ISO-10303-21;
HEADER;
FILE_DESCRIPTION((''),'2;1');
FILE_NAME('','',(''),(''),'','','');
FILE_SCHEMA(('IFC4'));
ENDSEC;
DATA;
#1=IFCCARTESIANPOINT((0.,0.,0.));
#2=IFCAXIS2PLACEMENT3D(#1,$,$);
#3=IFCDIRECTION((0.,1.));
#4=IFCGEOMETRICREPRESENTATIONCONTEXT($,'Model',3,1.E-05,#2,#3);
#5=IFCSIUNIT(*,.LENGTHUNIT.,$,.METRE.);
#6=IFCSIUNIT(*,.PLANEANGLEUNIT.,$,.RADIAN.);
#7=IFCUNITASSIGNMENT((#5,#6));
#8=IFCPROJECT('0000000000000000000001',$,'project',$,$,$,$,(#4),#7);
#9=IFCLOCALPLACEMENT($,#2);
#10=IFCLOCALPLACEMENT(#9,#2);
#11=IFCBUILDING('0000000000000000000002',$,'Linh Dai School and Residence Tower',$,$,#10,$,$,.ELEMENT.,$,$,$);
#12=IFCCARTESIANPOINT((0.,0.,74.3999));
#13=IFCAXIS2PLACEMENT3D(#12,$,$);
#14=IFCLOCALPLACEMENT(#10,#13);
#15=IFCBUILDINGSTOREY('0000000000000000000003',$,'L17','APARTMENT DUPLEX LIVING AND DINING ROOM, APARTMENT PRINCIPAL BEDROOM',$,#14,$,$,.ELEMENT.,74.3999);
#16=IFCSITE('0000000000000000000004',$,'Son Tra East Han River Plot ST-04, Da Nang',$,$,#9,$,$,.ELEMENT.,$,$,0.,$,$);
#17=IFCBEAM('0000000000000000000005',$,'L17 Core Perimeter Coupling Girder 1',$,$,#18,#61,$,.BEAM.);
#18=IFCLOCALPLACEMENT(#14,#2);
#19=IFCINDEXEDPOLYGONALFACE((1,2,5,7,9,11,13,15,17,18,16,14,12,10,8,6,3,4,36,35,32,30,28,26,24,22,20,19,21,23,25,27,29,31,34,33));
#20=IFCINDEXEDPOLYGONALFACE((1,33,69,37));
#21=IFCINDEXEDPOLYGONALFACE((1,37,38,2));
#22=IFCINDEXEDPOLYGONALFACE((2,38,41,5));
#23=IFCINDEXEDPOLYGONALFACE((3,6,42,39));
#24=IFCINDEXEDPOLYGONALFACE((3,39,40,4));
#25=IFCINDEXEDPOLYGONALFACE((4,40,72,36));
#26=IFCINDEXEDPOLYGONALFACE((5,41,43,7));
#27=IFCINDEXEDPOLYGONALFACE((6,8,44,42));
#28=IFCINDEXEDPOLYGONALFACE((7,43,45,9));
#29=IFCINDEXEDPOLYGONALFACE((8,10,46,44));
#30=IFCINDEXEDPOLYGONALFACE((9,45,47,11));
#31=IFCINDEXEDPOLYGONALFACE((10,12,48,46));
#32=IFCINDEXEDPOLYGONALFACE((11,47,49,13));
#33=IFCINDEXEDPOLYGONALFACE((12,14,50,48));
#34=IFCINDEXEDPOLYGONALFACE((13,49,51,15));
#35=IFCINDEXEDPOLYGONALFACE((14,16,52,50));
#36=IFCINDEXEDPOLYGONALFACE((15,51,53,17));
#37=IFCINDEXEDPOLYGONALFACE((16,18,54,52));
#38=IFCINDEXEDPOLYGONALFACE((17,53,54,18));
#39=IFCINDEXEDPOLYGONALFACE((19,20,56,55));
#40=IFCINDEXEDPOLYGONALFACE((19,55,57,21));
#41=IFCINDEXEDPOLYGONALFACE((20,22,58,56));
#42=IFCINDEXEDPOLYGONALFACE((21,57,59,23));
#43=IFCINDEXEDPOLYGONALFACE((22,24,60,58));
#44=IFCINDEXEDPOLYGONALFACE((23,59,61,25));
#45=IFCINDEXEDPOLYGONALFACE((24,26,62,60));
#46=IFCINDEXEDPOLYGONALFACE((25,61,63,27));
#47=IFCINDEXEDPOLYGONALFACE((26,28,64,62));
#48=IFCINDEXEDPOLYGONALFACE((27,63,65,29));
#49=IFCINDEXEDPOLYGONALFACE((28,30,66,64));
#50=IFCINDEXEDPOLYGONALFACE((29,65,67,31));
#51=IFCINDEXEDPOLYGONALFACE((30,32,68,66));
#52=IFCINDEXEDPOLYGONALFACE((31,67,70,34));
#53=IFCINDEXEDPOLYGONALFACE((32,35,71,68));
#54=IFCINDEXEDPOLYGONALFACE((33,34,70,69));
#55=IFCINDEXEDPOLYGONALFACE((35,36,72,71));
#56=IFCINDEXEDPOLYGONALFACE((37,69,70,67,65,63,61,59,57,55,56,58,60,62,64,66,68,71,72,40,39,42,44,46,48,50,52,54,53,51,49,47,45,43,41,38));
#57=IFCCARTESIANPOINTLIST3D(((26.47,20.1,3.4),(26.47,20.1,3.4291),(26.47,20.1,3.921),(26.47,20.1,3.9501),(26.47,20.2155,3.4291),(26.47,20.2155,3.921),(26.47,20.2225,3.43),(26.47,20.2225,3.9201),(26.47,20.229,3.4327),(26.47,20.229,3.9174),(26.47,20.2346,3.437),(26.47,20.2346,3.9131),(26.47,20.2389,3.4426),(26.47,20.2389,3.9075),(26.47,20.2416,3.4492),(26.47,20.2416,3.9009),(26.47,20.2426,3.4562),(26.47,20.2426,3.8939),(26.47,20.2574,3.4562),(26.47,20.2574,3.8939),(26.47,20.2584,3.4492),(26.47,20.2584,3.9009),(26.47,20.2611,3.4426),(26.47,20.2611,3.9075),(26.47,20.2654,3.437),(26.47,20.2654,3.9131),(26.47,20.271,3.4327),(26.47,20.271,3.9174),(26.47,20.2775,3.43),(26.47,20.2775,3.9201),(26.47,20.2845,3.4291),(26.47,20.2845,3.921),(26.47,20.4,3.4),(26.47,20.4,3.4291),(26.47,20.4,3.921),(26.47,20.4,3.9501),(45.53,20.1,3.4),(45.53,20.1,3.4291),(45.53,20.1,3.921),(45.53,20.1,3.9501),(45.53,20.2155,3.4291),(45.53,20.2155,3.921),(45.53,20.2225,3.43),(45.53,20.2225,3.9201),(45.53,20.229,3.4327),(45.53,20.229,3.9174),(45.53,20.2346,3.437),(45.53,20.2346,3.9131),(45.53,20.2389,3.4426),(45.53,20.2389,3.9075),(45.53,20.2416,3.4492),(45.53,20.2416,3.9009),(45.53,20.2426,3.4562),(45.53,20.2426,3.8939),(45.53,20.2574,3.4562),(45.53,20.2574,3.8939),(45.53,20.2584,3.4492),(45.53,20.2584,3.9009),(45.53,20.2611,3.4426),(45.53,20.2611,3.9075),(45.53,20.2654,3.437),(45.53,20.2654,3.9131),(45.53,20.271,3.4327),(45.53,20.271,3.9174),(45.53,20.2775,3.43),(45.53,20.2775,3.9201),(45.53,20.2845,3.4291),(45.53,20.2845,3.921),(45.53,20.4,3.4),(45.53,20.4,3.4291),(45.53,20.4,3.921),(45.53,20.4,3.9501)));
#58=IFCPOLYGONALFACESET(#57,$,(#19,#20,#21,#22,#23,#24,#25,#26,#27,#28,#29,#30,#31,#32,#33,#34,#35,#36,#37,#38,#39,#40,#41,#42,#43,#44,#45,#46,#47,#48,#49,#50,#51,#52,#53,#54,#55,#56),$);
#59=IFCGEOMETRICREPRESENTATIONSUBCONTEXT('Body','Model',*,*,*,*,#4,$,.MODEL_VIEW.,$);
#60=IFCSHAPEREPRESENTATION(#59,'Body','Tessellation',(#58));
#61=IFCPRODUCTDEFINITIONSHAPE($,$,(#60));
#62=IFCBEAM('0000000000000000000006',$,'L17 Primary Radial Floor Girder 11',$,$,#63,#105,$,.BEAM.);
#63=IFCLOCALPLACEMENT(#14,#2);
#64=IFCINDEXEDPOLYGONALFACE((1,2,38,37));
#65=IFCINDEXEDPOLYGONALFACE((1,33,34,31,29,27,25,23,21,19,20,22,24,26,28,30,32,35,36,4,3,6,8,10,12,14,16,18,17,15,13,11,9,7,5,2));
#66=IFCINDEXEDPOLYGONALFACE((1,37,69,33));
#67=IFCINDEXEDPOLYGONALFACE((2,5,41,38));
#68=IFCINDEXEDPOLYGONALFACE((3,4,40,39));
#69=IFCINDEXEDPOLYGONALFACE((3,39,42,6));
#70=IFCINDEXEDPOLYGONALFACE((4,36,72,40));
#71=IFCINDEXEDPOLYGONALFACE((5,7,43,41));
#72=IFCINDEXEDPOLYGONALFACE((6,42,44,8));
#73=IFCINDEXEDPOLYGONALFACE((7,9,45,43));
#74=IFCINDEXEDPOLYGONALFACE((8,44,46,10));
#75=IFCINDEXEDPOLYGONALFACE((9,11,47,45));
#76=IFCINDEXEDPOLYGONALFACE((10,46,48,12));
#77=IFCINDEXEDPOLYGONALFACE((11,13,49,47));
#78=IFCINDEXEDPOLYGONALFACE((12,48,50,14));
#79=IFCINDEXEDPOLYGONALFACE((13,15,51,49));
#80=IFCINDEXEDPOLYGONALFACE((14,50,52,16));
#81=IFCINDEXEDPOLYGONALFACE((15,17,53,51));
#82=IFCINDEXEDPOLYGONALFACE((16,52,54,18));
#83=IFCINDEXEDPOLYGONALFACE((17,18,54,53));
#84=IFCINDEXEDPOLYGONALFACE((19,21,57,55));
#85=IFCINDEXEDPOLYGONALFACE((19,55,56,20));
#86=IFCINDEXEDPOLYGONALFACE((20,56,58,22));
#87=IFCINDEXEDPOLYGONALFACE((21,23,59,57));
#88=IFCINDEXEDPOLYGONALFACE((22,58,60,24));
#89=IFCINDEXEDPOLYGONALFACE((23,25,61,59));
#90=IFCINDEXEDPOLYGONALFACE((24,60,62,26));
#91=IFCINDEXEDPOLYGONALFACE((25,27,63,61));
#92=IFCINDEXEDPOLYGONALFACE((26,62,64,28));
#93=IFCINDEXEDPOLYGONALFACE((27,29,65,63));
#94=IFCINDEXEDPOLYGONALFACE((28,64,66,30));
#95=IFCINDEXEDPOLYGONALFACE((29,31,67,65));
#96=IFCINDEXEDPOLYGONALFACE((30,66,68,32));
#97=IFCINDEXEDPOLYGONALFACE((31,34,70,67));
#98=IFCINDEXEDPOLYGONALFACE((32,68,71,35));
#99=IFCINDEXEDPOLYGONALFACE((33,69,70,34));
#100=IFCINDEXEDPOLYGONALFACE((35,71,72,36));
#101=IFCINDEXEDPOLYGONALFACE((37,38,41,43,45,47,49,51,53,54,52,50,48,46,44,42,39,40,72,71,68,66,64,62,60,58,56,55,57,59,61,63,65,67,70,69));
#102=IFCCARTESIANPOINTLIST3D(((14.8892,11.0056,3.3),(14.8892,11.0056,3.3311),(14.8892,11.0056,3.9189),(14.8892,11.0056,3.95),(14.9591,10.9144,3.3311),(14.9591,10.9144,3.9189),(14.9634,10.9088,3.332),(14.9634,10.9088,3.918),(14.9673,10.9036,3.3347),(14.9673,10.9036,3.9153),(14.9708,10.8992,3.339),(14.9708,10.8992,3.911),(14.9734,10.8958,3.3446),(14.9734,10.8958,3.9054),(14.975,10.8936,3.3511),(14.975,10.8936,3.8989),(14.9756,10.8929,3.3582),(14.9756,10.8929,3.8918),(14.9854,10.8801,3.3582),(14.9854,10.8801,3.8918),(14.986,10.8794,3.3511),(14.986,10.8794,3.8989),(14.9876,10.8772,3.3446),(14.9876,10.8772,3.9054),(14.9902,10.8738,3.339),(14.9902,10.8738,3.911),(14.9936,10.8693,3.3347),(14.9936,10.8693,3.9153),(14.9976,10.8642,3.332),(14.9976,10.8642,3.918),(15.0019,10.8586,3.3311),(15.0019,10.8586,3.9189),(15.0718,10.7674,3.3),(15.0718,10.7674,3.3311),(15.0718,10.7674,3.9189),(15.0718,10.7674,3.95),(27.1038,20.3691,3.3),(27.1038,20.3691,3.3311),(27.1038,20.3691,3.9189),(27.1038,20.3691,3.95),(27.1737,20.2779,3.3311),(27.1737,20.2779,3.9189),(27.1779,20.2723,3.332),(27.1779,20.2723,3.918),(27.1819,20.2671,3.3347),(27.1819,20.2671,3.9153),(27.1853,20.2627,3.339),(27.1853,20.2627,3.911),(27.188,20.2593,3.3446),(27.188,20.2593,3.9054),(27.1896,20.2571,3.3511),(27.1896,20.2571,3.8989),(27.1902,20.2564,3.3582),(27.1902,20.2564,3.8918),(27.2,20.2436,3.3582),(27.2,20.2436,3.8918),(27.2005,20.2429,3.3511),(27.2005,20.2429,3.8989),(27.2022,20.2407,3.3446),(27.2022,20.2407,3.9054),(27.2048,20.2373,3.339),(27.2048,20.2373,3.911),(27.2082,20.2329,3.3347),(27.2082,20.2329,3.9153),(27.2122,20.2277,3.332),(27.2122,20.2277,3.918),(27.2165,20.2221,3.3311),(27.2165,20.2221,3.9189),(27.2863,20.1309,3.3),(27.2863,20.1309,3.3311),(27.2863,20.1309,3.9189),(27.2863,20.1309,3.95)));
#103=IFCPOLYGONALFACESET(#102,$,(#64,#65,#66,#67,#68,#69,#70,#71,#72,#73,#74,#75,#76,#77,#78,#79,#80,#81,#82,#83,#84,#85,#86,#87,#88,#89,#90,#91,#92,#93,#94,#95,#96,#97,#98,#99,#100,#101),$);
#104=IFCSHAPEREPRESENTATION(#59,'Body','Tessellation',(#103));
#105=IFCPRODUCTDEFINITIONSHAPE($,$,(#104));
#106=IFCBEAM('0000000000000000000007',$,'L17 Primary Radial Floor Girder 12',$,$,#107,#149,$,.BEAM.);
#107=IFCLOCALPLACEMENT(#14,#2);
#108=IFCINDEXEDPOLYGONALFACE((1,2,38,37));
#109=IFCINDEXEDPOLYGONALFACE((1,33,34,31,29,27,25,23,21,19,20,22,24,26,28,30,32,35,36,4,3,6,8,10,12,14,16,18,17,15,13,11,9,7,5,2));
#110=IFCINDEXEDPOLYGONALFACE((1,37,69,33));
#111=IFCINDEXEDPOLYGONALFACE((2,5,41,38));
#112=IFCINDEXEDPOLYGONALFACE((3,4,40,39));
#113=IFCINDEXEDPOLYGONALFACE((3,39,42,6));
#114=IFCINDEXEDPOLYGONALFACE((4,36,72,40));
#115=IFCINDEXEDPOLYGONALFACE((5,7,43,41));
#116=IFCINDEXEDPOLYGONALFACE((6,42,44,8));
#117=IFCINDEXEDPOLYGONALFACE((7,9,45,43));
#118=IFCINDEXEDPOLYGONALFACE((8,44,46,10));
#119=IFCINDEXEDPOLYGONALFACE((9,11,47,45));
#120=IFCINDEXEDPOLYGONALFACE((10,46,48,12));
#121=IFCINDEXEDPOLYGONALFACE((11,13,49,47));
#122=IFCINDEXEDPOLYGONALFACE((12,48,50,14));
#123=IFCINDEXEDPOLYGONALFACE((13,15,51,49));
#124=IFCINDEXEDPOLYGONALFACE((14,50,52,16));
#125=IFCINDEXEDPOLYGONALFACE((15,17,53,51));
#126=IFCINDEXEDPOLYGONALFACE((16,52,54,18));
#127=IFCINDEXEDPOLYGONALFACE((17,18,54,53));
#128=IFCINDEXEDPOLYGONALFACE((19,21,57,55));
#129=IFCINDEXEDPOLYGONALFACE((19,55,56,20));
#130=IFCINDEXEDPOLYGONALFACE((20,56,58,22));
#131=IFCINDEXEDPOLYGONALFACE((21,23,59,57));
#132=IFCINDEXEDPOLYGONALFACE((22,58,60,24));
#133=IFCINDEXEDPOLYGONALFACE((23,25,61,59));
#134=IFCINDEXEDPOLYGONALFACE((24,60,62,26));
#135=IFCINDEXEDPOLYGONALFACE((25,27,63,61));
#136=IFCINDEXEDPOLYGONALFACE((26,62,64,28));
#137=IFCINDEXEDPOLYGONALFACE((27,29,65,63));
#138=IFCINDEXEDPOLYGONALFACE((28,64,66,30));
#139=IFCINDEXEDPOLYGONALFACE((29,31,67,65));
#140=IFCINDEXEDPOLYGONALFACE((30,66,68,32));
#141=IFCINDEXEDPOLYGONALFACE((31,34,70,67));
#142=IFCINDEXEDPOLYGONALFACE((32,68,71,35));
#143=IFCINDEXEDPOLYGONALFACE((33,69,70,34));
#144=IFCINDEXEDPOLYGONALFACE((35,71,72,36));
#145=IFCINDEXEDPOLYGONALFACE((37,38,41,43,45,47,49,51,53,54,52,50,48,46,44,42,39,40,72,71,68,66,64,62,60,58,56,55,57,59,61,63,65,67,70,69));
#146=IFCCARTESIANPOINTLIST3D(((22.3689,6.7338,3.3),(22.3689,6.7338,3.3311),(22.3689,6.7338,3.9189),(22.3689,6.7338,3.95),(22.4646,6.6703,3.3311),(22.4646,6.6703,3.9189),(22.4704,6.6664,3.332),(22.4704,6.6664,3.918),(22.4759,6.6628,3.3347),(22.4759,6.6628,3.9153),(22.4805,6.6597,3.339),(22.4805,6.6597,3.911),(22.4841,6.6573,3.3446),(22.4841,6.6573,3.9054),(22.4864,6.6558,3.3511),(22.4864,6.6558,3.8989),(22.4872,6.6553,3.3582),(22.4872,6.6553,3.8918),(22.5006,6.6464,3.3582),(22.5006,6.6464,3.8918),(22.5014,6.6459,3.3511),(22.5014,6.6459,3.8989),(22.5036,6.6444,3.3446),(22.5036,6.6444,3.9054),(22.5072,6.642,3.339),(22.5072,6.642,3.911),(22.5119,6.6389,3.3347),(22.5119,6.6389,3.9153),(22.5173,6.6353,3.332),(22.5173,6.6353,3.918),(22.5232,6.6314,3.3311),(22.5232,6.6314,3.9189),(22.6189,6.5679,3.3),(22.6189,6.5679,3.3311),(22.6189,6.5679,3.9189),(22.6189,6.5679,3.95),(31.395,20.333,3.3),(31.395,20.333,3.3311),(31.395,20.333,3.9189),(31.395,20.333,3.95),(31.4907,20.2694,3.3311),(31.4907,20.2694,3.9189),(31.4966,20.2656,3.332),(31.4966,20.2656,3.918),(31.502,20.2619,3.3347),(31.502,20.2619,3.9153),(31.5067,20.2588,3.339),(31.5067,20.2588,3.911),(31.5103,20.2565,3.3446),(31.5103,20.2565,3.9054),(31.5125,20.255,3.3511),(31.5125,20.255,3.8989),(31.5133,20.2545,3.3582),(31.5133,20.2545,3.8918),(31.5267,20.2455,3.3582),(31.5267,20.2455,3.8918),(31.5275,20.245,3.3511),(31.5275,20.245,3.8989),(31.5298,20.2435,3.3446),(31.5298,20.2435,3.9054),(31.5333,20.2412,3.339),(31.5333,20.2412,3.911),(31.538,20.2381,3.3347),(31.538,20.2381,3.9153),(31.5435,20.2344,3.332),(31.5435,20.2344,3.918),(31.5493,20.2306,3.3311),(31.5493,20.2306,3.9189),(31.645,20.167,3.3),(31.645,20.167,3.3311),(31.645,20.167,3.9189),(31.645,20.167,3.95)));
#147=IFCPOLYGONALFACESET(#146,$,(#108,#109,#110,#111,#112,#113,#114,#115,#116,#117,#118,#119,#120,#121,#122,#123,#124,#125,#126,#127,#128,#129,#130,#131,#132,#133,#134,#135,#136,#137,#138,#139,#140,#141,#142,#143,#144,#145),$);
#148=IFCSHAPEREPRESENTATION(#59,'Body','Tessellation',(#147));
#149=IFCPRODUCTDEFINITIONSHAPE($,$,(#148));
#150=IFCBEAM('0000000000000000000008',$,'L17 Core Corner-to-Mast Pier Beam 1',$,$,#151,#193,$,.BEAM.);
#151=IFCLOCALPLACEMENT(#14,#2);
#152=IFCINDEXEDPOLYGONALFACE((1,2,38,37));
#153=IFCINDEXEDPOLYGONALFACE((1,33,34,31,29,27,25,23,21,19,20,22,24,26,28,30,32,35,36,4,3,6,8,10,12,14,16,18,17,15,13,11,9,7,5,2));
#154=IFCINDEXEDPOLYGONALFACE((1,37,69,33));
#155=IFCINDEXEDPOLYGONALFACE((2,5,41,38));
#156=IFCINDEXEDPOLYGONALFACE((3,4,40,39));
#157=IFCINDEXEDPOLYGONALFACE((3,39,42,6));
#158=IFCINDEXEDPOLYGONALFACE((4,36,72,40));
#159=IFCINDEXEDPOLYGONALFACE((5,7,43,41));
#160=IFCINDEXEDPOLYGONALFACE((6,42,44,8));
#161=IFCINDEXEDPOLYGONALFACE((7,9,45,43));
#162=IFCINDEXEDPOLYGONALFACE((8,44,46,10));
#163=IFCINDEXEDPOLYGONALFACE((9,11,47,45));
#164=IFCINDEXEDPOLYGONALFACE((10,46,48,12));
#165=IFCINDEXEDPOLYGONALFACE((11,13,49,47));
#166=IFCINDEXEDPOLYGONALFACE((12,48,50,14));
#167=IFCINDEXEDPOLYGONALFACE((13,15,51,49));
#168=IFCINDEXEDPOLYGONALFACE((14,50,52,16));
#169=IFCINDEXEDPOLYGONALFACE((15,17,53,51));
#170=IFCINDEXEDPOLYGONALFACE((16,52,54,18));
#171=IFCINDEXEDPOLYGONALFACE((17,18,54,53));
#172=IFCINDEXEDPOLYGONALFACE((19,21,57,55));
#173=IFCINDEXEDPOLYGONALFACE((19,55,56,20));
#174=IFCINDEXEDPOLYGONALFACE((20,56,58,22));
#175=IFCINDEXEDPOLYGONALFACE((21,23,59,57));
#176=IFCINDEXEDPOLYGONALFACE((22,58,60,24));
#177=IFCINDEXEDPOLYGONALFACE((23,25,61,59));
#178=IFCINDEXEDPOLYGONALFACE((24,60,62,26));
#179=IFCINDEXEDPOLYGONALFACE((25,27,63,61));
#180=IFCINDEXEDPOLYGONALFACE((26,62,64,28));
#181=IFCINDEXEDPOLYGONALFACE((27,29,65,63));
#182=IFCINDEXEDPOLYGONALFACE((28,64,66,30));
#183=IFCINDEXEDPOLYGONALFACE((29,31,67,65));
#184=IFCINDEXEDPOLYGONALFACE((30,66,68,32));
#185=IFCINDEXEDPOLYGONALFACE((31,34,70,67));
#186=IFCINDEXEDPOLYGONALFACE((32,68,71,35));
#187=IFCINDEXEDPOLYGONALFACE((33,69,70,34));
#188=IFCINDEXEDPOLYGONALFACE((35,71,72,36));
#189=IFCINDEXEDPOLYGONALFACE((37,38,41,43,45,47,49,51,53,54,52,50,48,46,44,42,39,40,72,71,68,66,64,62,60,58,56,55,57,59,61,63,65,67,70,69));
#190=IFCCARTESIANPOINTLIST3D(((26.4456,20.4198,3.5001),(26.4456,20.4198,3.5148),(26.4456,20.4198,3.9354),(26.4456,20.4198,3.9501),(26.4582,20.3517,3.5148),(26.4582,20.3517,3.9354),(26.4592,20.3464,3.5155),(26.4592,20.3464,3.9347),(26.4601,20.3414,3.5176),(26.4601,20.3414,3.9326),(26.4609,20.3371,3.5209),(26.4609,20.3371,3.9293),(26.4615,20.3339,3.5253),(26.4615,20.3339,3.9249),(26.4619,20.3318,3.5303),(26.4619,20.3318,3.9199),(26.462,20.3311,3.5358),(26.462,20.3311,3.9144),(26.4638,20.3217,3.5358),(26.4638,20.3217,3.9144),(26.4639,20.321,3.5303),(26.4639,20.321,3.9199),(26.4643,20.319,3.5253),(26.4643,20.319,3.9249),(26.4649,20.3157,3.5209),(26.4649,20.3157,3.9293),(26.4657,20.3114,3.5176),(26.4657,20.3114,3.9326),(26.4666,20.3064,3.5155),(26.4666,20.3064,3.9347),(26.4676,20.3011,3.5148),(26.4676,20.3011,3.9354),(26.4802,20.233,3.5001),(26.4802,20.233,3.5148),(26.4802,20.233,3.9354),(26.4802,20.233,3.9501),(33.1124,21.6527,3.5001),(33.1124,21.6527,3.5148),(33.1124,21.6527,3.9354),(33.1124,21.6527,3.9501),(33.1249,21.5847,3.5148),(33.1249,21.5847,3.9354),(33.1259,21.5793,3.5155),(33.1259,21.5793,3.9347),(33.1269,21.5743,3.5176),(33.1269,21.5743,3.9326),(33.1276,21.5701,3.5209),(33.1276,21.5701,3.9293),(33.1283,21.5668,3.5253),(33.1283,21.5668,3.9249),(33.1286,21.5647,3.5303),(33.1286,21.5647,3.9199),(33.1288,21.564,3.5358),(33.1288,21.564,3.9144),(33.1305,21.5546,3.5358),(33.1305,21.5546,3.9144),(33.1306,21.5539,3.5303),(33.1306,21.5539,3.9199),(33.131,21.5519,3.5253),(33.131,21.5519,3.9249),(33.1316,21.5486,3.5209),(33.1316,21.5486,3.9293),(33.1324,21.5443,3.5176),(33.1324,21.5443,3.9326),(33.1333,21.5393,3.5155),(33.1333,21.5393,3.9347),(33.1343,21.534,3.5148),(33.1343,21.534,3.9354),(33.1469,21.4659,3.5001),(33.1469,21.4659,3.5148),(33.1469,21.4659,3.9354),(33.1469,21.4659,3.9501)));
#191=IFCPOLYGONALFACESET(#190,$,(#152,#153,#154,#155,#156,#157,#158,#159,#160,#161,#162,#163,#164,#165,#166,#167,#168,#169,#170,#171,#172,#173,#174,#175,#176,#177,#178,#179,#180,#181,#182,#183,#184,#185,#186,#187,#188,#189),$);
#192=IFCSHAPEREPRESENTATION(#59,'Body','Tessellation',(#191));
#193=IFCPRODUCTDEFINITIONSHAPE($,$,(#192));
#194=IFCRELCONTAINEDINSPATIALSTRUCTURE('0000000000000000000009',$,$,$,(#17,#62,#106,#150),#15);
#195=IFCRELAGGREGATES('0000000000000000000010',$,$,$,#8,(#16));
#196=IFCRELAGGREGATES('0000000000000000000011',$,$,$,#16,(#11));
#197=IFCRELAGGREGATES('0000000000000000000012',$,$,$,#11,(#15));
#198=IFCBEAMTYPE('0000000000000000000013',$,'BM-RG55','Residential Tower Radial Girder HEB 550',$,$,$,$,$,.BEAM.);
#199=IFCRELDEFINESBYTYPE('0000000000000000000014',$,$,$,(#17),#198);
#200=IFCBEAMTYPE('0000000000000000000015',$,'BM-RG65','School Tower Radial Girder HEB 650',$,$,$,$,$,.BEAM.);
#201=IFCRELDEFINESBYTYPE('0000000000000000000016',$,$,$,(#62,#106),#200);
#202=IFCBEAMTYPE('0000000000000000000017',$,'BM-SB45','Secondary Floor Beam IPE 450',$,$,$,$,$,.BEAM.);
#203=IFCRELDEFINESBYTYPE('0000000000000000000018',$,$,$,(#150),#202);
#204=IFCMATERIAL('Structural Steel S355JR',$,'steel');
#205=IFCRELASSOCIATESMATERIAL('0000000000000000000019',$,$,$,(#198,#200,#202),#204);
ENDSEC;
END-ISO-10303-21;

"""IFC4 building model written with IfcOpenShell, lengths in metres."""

from ifc_helpers import new_model, si_unit, direction, frame, origin, origin_2d, place, context, subcontext, project, spatial, i_section, extrude, material, material_profile, profile_set, type_object, element, save


model = new_model("IFC4")

# Units and contexts
model_context = context("Model", 3, precision=1e-05, world=origin(), true_north=direction((0.0, 1.0)))
body_context = subcontext(model_context, "Body", "Model", "MODEL_VIEW")
ifc_project = project(units=[si_unit("LENGTHUNIT", "METRE"), si_unit("PLANEANGLEUNIT", "RADIAN")], contexts=[model_context])

# Site, building, storey
site_placement = place(None, origin())
site = spatial("IfcSite", under=ifc_project, at=site_placement, Name="Son Tra East Han River Plot ST-04, Da Nang", CompositionType="ELEMENT", RefElevation=0.0)
building_placement = place(site_placement, origin())
building = spatial("IfcBuilding", under=site, at=building_placement, Name="Linh Dai School and Residence Tower", CompositionType="ELEMENT")
storey_placement = place(building_placement, frame((0.0, 0.0, 74.3999)))
storey = spatial("IfcBuildingStorey", under=building, at=storey_placement, Name="L17", Description="APARTMENT DUPLEX LIVING AND DINING ROOM, APARTMENT PRINCIPAL BEDROOM", CompositionType="ELEMENT", Elevation=74.3999)

# Shared definitions
ifc_material_1 = material(Name="Structural Steel S355JR", Category="steel")

# Beams
ifc_material_profile_1 = material_profile(ifc_material_1, i_section(OverallWidth=0.3, OverallDepth=0.55, WebThickness=0.0149, FlangeThickness=0.0291, FilletRadius=0.0271, at=origin_2d()), Name="HEB 550")
ifc_profile_set_1 = profile_set([ifc_material_profile_1], Name="Structural Steel S355JR")
beam_type_1 = type_object("IfcBeamType", Name="BM-RG55", Description="Residential Tower Radial Girder HEB 550", PredefinedType="BEAM", material=ifc_profile_set_1)
beam_1_placement = place(storey_placement, frame((26.47, 20.25, 3.675), z_axis=(1.0, 0.0, 0.0), x_axis=(0.0, 1.0, 0.0)))
element("IfcBeam", 1, at=beam_1_placement, inside=storey, type_object=beam_type_1, Name="L17 Core Perimeter Coupling Girder 1", PredefinedType="BEAM", context=body_context, shape_type="SweptSolid", body=[
    extrude(i_section(OverallWidth=0.3, OverallDepth=0.55, WebThickness=0.0149, FlangeThickness=0.0291, FilletRadius=0.0271, at=origin_2d()), origin(), (0.0, 0.0, 1.0), 19.0601),
])
ifc_material_profile_2 = material_profile(ifc_material_1, i_section(OverallWidth=0.3, OverallDepth=0.6499, WebThickness=0.0161, FlangeThickness=0.031, FilletRadius=0.0271, at=origin_2d()), Name="HEB 650")
ifc_profile_set_2 = profile_set([ifc_material_profile_2], Name="Structural Steel S355JR")
beam_type_2 = type_object("IfcBeamType", Name="BM-RG65", Description="School Tower Radial Girder HEB 650", PredefinedType="BEAM", material=ifc_profile_set_2)
beam_2_placement = place(storey_placement, frame((27.1951, 20.25, 3.625), z_axis=(-0.793638, -0.608391, 0.0), x_axis=(0.608391, -0.793638, 0.0)))
element("IfcBeam", 2, at=beam_2_placement, inside=storey, type_object=beam_type_2, Name="L17 Primary Radial Floor Girder 11", PredefinedType="BEAM", context=body_context, shape_type="SweptSolid", body=[
    extrude(i_section(OverallWidth=0.3, OverallDepth=0.6499, WebThickness=0.0161, FlangeThickness=0.031, FilletRadius=0.0271, at=origin_2d()), origin(), (0.0, 0.0, 1.0), 15.3906),
])
beam_3_placement = place(storey_placement, frame((31.52, 20.25, 3.625), z_axis=(-0.553004, -0.833178, 0.0), x_axis=(0.833178, -0.553004, 0.0)))
element("IfcBeam", 3, at=beam_3_placement, inside=storey, type_object=beam_type_2, Name="L17 Primary Radial Floor Girder 12", PredefinedType="BEAM", context=body_context, shape_type="SweptSolid", body=[
    extrude(i_section(OverallWidth=0.3, OverallDepth=0.6499, WebThickness=0.0161, FlangeThickness=0.031, FilletRadius=0.0271, at=origin_2d()), origin(), (0.0, 0.0, 1.0), 16.322),
])
ifc_material_profile_3 = material_profile(ifc_material_1, i_section(OverallWidth=0.1899, OverallDepth=0.45, WebThickness=0.0095, FlangeThickness=0.0146, FilletRadius=0.021, at=origin_2d()), Name="IPE 450")
ifc_profile_set_3 = profile_set([ifc_material_profile_3], Name="Structural Steel S355JR")
beam_type_3 = type_object("IfcBeamType", Name="BM-SB45", Description="Secondary Floor Beam IPE 450", PredefinedType="BEAM", material=ifc_profile_set_3)
beam_4_placement = place(storey_placement, frame((26.4629, 20.3264, 3.7251), z_axis=(0.983326, 0.181851, 0.0), x_axis=(-0.181851, 0.983326, 0.0)))
element("IfcBeam", 4, at=beam_4_placement, inside=storey, type_object=beam_type_3, Name="L17 Core Corner-to-Mast Pier Beam 1", PredefinedType="BEAM", context=body_context, shape_type="SweptSolid", body=[
    extrude(i_section(OverallWidth=0.1899, OverallDepth=0.45, WebThickness=0.0095, FlangeThickness=0.0146, FilletRadius=0.021, at=origin_2d()), origin(), (0.0, 0.0, 1.0), 6.7798),
])

save(model, "model.ifc")
